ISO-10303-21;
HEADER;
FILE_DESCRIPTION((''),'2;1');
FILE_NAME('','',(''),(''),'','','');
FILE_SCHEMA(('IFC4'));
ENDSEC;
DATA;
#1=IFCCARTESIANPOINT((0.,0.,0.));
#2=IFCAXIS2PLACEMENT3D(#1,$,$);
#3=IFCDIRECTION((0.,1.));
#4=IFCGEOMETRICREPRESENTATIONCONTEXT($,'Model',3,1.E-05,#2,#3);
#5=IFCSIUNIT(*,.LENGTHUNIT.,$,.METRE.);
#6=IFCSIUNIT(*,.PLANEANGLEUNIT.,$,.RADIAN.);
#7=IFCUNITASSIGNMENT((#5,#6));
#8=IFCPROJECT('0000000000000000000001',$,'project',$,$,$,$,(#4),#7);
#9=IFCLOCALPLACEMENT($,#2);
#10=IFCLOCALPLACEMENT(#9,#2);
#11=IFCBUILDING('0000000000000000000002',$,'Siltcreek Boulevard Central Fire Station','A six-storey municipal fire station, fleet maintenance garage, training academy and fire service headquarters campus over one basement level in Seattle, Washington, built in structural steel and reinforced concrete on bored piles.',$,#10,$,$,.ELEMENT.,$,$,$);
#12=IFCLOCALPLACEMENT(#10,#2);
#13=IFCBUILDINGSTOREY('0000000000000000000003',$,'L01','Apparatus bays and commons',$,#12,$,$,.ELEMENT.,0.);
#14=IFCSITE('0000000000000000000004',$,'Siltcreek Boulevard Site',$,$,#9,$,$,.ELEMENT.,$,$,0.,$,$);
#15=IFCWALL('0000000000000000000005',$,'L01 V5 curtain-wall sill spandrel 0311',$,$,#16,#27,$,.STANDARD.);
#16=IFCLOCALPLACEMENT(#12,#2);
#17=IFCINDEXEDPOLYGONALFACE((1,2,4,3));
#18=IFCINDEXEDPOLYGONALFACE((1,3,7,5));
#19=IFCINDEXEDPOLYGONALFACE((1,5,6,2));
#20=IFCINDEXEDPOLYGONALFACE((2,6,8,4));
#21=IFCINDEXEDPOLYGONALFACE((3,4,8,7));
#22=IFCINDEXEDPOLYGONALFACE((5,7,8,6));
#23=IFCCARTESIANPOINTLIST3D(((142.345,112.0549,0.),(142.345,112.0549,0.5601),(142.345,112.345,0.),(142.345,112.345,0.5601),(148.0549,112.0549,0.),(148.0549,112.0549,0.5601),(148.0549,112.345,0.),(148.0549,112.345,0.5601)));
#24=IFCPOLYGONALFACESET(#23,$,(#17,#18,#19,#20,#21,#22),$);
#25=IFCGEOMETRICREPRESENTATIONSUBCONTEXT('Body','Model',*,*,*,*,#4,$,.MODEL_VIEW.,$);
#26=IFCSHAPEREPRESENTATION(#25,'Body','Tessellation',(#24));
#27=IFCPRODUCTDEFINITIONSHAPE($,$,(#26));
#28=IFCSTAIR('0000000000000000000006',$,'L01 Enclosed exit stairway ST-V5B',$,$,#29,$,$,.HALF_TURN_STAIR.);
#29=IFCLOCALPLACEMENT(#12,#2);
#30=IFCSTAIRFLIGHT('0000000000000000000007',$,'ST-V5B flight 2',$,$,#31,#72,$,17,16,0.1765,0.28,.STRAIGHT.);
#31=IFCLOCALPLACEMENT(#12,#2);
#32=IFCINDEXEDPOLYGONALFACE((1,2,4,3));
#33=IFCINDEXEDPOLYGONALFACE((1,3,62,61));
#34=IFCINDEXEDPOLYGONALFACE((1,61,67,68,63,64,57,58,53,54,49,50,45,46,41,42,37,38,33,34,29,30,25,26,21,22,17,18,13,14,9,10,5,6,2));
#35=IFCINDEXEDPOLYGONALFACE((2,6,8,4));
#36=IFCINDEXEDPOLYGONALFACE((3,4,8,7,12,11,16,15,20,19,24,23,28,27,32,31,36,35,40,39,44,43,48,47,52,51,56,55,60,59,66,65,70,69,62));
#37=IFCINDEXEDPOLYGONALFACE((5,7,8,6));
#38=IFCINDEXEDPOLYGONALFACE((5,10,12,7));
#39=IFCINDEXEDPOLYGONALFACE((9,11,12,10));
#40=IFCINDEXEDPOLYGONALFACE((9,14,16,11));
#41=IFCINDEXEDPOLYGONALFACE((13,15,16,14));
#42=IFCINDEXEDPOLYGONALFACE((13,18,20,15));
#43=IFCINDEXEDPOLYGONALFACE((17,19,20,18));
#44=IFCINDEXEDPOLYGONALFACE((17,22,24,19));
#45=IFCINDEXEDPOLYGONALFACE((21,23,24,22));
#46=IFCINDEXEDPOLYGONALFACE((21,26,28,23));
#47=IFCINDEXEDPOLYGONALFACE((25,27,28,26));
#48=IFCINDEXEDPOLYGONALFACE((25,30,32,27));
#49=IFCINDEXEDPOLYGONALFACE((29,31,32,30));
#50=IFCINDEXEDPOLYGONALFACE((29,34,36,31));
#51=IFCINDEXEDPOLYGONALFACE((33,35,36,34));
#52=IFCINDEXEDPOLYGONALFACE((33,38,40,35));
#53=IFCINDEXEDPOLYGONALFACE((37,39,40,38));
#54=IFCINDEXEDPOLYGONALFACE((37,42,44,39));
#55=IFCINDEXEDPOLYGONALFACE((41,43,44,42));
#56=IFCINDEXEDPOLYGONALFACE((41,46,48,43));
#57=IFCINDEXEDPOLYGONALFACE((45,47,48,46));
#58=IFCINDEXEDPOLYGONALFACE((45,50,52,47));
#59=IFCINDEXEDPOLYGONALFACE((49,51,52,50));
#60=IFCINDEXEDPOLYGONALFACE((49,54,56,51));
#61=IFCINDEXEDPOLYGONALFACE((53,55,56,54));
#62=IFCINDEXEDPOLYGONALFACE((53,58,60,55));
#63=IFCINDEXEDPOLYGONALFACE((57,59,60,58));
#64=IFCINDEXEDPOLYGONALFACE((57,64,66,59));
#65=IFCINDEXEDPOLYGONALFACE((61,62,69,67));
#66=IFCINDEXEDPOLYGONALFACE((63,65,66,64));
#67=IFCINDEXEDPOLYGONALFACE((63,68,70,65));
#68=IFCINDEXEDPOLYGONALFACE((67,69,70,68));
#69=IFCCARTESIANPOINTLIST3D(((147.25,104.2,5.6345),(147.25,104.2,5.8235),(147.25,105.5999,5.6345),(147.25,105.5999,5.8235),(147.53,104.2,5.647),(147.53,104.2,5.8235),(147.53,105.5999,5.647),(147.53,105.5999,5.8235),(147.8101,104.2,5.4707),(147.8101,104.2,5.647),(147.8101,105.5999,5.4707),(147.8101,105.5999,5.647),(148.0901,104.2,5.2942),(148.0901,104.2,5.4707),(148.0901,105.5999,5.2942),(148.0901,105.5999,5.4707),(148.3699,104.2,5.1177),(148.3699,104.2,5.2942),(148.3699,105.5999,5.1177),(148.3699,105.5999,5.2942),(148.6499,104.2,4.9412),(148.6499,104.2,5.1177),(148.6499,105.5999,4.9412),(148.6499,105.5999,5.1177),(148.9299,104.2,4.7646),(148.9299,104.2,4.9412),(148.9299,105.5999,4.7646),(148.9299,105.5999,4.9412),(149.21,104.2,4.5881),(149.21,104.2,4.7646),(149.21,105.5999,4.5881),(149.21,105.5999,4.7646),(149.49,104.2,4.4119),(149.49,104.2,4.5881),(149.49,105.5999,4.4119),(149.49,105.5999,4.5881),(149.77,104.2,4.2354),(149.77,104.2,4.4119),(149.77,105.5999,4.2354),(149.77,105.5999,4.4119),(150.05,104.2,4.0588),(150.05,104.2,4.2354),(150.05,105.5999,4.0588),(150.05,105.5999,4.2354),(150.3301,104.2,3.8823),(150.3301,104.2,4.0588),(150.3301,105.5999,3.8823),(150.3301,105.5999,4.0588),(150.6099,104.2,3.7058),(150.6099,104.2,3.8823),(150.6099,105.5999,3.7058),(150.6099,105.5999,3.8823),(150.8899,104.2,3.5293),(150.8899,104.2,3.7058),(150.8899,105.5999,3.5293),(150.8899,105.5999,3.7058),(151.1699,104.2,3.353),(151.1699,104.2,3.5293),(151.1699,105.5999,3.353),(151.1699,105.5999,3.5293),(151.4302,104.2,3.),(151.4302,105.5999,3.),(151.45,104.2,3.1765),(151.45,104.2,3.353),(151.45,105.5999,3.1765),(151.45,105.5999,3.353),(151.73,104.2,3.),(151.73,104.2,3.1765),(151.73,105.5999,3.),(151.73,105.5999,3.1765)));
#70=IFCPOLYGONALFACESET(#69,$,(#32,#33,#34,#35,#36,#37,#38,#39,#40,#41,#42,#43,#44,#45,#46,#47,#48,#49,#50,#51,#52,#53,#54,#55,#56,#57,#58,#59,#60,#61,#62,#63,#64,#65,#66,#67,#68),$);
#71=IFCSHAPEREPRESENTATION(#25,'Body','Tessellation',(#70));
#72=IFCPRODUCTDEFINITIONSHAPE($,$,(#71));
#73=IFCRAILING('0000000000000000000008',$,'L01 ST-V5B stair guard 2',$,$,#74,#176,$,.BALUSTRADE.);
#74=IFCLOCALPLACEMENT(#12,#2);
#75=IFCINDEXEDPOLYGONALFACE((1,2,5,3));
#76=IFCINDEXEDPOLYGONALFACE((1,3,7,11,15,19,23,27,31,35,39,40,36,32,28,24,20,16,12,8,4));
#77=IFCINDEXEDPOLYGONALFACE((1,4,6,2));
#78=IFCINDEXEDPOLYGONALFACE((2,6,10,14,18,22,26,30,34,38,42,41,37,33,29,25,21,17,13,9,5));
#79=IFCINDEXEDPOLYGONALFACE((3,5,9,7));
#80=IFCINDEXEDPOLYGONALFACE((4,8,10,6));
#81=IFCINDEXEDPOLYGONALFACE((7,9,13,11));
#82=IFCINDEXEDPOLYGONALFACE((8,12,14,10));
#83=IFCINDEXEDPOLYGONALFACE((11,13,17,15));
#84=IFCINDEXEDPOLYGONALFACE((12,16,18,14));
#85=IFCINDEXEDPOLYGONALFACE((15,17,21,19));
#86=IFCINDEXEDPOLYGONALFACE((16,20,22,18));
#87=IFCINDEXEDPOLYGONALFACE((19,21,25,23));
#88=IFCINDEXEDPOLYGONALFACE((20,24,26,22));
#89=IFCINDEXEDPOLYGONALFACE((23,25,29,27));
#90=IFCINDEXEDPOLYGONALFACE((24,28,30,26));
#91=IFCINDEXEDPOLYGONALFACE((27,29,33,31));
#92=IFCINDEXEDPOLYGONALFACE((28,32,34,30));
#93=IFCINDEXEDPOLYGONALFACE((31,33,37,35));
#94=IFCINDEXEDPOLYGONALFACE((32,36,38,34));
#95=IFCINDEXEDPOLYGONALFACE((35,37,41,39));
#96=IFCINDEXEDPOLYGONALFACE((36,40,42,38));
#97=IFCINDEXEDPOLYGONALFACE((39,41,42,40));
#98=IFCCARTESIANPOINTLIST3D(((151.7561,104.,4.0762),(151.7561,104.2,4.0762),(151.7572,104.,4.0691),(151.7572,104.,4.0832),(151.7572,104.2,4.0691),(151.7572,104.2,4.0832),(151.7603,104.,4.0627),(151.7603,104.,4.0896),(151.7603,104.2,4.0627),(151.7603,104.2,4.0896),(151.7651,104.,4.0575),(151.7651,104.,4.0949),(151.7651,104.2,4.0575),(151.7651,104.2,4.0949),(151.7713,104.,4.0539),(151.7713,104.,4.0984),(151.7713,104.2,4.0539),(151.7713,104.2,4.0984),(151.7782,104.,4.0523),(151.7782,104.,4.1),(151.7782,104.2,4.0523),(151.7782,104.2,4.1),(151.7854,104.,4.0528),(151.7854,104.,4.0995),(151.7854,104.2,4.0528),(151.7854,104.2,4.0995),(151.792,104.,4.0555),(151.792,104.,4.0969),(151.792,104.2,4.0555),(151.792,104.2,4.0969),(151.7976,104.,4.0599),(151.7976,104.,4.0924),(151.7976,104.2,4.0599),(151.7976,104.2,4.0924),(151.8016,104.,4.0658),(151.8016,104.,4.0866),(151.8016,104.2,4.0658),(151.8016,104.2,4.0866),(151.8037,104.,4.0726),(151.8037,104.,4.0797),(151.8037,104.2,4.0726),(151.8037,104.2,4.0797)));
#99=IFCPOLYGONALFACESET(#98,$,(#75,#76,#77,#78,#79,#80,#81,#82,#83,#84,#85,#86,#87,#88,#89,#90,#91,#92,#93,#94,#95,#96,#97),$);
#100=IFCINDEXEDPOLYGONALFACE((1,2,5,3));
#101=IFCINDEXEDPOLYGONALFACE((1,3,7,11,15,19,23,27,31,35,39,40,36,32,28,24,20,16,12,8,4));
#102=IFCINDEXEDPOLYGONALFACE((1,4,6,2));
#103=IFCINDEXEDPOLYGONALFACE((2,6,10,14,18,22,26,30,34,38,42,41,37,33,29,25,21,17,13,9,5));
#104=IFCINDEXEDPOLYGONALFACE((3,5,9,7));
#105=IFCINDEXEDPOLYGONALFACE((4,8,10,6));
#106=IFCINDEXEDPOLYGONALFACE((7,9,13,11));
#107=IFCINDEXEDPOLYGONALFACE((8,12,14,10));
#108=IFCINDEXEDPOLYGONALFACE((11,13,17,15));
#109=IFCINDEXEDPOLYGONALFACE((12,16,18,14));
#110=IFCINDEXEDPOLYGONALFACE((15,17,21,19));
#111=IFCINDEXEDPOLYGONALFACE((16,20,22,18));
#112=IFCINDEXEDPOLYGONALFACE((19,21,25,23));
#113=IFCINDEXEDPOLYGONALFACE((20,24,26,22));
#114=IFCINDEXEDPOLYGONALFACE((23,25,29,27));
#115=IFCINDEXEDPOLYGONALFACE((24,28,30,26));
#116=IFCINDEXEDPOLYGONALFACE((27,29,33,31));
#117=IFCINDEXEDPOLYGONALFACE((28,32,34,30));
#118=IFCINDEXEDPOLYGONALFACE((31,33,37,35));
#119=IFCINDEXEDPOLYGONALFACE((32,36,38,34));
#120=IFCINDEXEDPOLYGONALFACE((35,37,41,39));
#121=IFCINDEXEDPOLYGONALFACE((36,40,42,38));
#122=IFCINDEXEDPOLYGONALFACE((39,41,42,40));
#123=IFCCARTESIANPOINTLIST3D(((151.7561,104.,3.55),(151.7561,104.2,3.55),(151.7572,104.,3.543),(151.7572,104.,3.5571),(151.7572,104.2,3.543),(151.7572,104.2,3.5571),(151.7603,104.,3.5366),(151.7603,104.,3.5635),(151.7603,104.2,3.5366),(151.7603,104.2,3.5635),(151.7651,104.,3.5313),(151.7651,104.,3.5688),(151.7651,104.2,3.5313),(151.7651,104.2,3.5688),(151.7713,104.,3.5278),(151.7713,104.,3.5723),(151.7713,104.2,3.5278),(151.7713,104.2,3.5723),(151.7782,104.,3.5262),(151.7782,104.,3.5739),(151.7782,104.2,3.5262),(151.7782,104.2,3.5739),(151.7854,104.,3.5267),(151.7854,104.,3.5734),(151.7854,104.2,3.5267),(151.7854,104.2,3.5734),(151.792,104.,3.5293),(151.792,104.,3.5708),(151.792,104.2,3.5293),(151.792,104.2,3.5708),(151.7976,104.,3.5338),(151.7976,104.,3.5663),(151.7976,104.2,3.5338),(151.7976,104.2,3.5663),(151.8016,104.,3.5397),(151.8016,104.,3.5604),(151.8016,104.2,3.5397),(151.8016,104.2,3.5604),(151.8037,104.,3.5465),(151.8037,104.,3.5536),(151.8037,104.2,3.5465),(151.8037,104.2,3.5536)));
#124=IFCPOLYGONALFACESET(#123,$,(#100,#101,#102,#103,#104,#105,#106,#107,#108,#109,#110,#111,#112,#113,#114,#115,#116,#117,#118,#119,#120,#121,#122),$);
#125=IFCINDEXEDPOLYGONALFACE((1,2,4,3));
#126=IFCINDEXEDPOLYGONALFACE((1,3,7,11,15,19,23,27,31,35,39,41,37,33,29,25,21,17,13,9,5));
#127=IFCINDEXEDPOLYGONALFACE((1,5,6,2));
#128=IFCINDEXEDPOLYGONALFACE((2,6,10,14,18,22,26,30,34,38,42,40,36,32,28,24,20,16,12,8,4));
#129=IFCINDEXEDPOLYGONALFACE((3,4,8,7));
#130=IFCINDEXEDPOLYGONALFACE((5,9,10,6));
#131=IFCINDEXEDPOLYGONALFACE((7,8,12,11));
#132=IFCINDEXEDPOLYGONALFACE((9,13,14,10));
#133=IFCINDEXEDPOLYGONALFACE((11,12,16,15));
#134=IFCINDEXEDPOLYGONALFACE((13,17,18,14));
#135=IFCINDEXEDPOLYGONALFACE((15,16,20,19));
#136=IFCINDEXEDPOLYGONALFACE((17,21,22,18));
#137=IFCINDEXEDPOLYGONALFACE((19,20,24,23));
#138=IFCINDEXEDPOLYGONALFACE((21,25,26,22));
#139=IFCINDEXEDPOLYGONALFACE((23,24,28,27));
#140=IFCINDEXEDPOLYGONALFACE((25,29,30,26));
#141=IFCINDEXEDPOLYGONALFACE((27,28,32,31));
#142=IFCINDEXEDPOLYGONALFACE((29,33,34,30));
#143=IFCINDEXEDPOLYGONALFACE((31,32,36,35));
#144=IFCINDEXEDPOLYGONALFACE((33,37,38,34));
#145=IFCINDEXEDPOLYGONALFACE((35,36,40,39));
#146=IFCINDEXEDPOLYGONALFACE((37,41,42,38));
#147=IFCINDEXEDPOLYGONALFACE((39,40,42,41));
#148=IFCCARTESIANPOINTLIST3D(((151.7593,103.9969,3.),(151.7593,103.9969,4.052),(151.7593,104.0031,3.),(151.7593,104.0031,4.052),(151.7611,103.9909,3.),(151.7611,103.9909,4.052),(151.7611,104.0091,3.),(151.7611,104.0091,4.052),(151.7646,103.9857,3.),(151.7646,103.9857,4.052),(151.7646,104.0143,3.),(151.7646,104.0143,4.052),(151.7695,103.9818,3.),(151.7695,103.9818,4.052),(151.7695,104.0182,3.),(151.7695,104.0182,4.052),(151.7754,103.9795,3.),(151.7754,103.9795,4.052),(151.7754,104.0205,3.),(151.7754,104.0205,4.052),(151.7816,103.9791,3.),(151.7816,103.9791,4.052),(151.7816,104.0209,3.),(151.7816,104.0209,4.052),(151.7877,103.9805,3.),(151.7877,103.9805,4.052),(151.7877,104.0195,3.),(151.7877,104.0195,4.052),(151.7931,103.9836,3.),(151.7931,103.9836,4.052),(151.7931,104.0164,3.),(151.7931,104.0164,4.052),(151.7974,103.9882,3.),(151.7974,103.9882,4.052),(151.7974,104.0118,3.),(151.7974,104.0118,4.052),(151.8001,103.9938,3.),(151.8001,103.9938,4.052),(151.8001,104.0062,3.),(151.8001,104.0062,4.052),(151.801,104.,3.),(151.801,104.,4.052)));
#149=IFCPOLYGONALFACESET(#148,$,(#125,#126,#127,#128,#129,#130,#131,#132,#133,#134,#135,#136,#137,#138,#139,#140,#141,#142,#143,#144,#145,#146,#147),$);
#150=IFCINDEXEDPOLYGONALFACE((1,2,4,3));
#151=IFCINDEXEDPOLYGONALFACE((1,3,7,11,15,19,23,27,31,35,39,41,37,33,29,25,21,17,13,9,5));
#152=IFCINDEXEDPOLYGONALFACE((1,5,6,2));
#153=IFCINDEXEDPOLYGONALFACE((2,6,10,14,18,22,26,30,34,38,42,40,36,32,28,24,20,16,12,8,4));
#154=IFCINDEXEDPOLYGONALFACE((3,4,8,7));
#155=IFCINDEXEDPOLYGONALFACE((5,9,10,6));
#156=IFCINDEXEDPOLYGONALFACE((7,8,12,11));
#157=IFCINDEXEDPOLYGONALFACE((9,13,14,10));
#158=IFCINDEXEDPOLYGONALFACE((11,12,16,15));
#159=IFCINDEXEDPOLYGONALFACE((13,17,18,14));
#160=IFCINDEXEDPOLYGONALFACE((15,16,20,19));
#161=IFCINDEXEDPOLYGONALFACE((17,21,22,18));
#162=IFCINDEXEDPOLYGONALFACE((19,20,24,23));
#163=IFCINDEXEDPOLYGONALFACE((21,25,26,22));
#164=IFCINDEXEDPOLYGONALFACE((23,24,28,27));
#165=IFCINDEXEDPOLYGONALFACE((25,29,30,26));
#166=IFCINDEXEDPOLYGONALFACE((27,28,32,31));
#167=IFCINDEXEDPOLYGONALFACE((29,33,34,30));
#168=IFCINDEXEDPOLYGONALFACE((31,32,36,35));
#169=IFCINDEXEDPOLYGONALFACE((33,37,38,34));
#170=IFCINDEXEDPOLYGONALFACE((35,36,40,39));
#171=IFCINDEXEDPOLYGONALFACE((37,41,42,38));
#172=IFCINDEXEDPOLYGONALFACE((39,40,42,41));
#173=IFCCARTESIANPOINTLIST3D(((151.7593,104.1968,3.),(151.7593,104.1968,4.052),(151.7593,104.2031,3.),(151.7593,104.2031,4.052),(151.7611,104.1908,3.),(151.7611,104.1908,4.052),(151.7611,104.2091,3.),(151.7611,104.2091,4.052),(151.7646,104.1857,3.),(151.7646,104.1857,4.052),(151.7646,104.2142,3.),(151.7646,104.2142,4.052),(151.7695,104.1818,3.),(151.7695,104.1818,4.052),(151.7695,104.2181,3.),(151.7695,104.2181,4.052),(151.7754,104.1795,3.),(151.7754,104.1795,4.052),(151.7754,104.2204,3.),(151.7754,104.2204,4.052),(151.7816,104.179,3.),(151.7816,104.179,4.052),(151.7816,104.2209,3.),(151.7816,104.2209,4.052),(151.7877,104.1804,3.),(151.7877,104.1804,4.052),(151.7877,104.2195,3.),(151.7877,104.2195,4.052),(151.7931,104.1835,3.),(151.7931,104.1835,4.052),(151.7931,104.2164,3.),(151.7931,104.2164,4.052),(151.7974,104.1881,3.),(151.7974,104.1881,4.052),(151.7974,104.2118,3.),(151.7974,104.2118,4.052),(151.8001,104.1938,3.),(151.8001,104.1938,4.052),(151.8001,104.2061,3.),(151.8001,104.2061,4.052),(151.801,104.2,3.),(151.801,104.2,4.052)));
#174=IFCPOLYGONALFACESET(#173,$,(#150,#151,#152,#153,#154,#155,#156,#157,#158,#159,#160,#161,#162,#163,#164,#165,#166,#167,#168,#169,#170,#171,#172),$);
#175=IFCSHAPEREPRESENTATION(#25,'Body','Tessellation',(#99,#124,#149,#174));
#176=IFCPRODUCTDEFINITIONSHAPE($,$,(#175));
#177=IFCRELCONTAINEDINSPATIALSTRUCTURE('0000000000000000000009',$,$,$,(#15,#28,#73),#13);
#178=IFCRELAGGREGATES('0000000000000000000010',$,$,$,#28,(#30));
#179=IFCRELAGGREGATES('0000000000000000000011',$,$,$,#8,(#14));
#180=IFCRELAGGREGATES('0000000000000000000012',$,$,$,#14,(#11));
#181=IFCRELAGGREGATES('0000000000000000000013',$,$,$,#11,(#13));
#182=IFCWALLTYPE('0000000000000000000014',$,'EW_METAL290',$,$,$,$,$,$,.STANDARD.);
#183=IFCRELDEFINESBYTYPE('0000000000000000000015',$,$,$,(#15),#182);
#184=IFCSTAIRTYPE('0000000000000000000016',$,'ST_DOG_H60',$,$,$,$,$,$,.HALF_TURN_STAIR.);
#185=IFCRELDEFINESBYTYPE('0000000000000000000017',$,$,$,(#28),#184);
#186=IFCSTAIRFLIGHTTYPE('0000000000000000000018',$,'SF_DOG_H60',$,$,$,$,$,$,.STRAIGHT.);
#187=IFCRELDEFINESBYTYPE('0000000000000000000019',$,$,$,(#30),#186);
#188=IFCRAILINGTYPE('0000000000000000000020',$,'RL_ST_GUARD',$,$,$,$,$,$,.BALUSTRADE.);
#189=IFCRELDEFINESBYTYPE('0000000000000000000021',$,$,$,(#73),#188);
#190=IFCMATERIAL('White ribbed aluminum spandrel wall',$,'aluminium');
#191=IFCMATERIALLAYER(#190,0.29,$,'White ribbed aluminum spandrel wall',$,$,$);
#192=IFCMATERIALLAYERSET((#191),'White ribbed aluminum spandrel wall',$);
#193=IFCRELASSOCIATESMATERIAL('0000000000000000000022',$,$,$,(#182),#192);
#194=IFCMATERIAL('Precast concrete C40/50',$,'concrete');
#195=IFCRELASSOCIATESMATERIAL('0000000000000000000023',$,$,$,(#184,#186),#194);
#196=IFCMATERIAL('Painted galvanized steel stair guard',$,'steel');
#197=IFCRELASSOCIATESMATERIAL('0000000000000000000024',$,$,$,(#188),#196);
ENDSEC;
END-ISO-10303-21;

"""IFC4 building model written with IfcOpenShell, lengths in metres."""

from ifc_helpers import new_model, si_unit, direction, frame, frame_2d, origin, origin_2d, place, context, subcontext, project, spatial, polyline, rectangle, circle, outline, extrude, material, layer, layer_set, type_object, element, aggregate, save


model = new_model("IFC4")

# Units and contexts
model_context = context("Model", 3, precision=1e-05, world=origin(), true_north=direction((0.0, 1.0)))
body_context = subcontext(model_context, "Body", "Model", "MODEL_VIEW")
ifc_project = project(units=[si_unit("LENGTHUNIT", "METRE"), si_unit("PLANEANGLEUNIT", "RADIAN")], contexts=[model_context])

# Site, building, storey
site_placement = place(None, origin())
site = spatial("IfcSite", under=ifc_project, at=site_placement, Name="Siltcreek Boulevard Site", CompositionType="ELEMENT", RefElevation=0.0)
building_placement = place(site_placement, origin())
building = spatial("IfcBuilding", under=site, at=building_placement, Name="Siltcreek Boulevard Central Fire Station", Description="A six-storey municipal fire station, fleet maintenance garage, training academy and fire service headquarters campus over one basement level in Seattle, Washington, built in structural steel and reinforced concrete on bored piles.", CompositionType="ELEMENT")
storey_placement = place(building_placement, origin())
storey = spatial("IfcBuildingStorey", under=building, at=storey_placement, Name="L01", Description="Apparatus bays and commons", CompositionType="ELEMENT", Elevation=0.0)

# Wall
ifc_material_1 = material(Name="White ribbed aluminum spandrel wall", Category="aluminium")
ifc_layer_1 = layer(ifc_material_1, 0.29, Name="White ribbed aluminum spandrel wall")
ifc_layer_set_1 = layer_set([ifc_layer_1], Name="White ribbed aluminum spandrel wall")
wall_type = type_object("IfcWallType", Name="EW_METAL290", PredefinedType="STANDARD", material=ifc_layer_set_1)
wall_placement = place(storey_placement, frame((148.0549, 112.2, 0.0), z_axis=(0.0, 0.0, 1.0), x_axis=(-1.0, 0.0, 0.0)))
element("IfcWall", 1, at=wall_placement, inside=storey, type_object=wall_type, Name="L01 V5 curtain-wall sill spandrel 0311", PredefinedType="STANDARD", context=body_context, shape_type="SweptSolid", body=[
    extrude(rectangle(XDim=5.71, YDim=0.29, at=frame_2d((2.855, 0.0))), origin(), (0.0, 0.0, 1.0), 0.5601),
])

# Stair, stair flight
ifc_material_2 = material(Name="Precast concrete C40/50", Category="concrete")
stair_type = type_object("IfcStairType", Name="ST_DOG_H60", PredefinedType="HALF_TURN_STAIR", material=ifc_material_2)
stair_placement = place(storey_placement, origin())
stair = element("IfcStair", 2, at=stair_placement, inside=storey, type_object=stair_type, Name="L01 Enclosed exit stairway ST-V5B", PredefinedType="HALF_TURN_STAIR")
stair_flight_type = type_object("IfcStairFlightType", Name="SF_DOG_H60", PredefinedType="STRAIGHT", material=ifc_material_2)
stair_flight_placement = place(storey_placement, frame((151.73, 104.8999, 3.0), z_axis=(0.0, 0.0, 1.0), x_axis=(-1.0, 0.0, 0.0)))
stair_flight = element("IfcStairFlight", 3, at=stair_flight_placement, type_object=stair_flight_type, Name="ST-V5B flight 2", NumberOfRisers=17, NumberOfTreads=16, PredefinedType="STRAIGHT", RiserHeight=0.1765, TreadLength=0.28, context=body_context, shape_type="SweptSolid", body=[
    extrude(outline(polyline([(0.0, 0.0), (0.0, 0.1765), (0.28, 0.1765), (0.28, 0.353), (0.5601, 0.353), (0.5601, 0.5293), (0.8401, 0.5293), (0.8401, 0.7058), (1.1201, 0.7058), (1.1201, 0.8823), (1.3999, 0.8823), (1.3999, 1.0588), (1.6799, 1.0588), (1.6799, 1.2354), (1.96, 1.2354), (1.96, 1.4119), (2.24, 1.4119), (2.24, 1.5881), (2.52, 1.5881), (2.52, 1.7646), (2.8, 1.7646), (2.8, 1.9412), (3.0801, 1.9412), (3.0801, 2.1177), (3.3601, 2.1177), (3.3601, 2.2942), (3.6399, 2.2942), (3.6399, 2.4707), (3.9199, 2.4707), (3.9199, 2.647), (4.2, 2.647), (4.2, 2.8235), (4.48, 2.8235), (4.48, 3.0), (4.48, 2.6345), (0.2998, 0.0), (0.0, 0.0)])), frame((0.0, 0.7, 0.0), z_axis=(0.0, -1.0, 0.0), x_axis=(1.0, 0.0, 0.0)), (0.0, 0.0, 1.0), 1.3999),
])
aggregate(stair, [stair_flight])

# Railing
ifc_material_3 = material(Name="Painted galvanized steel stair guard", Category="steel")
railing_type_1 = type_object("IfcRailingType", Name="RL_ST_GUARD", PredefinedType="BALUSTRADE", material=ifc_material_3)
railing_1_placement = place(storey_placement, frame((151.78, 104.0, 3.0)))
element("IfcRailing", 4, at=railing_1_placement, inside=storey, type_object=railing_type_1, Name="L01 ST-V5B stair guard 2", PredefinedType="BALUSTRADE", context=body_context, shape_type="SweptSolid", body=[
    extrude(circle(Radius=0.0239, at=origin_2d()), frame((0.0, 0.0, 1.0762), z_axis=(0.0, 1.0, 0.0), x_axis=(-1.0, 0.0, 0.0)), (0.0, 0.0, 1.0), 0.2),
    extrude(circle(Radius=0.0239, at=origin_2d()), frame((0.0, 0.0, 0.55), z_axis=(0.0, 1.0, 0.0), x_axis=(-1.0, 0.0, 0.0)), (0.0, 0.0, 1.0), 0.2),
    extrude(circle(Radius=0.021, at=origin_2d()), origin(), (0.0, 0.0, 1.0), 1.052),
    extrude(circle(Radius=0.021, at=origin_2d()), frame((0.0, 0.2, 0.0)), (0.0, 0.0, 1.0), 1.052),
])

save(model, "model.ifc")
